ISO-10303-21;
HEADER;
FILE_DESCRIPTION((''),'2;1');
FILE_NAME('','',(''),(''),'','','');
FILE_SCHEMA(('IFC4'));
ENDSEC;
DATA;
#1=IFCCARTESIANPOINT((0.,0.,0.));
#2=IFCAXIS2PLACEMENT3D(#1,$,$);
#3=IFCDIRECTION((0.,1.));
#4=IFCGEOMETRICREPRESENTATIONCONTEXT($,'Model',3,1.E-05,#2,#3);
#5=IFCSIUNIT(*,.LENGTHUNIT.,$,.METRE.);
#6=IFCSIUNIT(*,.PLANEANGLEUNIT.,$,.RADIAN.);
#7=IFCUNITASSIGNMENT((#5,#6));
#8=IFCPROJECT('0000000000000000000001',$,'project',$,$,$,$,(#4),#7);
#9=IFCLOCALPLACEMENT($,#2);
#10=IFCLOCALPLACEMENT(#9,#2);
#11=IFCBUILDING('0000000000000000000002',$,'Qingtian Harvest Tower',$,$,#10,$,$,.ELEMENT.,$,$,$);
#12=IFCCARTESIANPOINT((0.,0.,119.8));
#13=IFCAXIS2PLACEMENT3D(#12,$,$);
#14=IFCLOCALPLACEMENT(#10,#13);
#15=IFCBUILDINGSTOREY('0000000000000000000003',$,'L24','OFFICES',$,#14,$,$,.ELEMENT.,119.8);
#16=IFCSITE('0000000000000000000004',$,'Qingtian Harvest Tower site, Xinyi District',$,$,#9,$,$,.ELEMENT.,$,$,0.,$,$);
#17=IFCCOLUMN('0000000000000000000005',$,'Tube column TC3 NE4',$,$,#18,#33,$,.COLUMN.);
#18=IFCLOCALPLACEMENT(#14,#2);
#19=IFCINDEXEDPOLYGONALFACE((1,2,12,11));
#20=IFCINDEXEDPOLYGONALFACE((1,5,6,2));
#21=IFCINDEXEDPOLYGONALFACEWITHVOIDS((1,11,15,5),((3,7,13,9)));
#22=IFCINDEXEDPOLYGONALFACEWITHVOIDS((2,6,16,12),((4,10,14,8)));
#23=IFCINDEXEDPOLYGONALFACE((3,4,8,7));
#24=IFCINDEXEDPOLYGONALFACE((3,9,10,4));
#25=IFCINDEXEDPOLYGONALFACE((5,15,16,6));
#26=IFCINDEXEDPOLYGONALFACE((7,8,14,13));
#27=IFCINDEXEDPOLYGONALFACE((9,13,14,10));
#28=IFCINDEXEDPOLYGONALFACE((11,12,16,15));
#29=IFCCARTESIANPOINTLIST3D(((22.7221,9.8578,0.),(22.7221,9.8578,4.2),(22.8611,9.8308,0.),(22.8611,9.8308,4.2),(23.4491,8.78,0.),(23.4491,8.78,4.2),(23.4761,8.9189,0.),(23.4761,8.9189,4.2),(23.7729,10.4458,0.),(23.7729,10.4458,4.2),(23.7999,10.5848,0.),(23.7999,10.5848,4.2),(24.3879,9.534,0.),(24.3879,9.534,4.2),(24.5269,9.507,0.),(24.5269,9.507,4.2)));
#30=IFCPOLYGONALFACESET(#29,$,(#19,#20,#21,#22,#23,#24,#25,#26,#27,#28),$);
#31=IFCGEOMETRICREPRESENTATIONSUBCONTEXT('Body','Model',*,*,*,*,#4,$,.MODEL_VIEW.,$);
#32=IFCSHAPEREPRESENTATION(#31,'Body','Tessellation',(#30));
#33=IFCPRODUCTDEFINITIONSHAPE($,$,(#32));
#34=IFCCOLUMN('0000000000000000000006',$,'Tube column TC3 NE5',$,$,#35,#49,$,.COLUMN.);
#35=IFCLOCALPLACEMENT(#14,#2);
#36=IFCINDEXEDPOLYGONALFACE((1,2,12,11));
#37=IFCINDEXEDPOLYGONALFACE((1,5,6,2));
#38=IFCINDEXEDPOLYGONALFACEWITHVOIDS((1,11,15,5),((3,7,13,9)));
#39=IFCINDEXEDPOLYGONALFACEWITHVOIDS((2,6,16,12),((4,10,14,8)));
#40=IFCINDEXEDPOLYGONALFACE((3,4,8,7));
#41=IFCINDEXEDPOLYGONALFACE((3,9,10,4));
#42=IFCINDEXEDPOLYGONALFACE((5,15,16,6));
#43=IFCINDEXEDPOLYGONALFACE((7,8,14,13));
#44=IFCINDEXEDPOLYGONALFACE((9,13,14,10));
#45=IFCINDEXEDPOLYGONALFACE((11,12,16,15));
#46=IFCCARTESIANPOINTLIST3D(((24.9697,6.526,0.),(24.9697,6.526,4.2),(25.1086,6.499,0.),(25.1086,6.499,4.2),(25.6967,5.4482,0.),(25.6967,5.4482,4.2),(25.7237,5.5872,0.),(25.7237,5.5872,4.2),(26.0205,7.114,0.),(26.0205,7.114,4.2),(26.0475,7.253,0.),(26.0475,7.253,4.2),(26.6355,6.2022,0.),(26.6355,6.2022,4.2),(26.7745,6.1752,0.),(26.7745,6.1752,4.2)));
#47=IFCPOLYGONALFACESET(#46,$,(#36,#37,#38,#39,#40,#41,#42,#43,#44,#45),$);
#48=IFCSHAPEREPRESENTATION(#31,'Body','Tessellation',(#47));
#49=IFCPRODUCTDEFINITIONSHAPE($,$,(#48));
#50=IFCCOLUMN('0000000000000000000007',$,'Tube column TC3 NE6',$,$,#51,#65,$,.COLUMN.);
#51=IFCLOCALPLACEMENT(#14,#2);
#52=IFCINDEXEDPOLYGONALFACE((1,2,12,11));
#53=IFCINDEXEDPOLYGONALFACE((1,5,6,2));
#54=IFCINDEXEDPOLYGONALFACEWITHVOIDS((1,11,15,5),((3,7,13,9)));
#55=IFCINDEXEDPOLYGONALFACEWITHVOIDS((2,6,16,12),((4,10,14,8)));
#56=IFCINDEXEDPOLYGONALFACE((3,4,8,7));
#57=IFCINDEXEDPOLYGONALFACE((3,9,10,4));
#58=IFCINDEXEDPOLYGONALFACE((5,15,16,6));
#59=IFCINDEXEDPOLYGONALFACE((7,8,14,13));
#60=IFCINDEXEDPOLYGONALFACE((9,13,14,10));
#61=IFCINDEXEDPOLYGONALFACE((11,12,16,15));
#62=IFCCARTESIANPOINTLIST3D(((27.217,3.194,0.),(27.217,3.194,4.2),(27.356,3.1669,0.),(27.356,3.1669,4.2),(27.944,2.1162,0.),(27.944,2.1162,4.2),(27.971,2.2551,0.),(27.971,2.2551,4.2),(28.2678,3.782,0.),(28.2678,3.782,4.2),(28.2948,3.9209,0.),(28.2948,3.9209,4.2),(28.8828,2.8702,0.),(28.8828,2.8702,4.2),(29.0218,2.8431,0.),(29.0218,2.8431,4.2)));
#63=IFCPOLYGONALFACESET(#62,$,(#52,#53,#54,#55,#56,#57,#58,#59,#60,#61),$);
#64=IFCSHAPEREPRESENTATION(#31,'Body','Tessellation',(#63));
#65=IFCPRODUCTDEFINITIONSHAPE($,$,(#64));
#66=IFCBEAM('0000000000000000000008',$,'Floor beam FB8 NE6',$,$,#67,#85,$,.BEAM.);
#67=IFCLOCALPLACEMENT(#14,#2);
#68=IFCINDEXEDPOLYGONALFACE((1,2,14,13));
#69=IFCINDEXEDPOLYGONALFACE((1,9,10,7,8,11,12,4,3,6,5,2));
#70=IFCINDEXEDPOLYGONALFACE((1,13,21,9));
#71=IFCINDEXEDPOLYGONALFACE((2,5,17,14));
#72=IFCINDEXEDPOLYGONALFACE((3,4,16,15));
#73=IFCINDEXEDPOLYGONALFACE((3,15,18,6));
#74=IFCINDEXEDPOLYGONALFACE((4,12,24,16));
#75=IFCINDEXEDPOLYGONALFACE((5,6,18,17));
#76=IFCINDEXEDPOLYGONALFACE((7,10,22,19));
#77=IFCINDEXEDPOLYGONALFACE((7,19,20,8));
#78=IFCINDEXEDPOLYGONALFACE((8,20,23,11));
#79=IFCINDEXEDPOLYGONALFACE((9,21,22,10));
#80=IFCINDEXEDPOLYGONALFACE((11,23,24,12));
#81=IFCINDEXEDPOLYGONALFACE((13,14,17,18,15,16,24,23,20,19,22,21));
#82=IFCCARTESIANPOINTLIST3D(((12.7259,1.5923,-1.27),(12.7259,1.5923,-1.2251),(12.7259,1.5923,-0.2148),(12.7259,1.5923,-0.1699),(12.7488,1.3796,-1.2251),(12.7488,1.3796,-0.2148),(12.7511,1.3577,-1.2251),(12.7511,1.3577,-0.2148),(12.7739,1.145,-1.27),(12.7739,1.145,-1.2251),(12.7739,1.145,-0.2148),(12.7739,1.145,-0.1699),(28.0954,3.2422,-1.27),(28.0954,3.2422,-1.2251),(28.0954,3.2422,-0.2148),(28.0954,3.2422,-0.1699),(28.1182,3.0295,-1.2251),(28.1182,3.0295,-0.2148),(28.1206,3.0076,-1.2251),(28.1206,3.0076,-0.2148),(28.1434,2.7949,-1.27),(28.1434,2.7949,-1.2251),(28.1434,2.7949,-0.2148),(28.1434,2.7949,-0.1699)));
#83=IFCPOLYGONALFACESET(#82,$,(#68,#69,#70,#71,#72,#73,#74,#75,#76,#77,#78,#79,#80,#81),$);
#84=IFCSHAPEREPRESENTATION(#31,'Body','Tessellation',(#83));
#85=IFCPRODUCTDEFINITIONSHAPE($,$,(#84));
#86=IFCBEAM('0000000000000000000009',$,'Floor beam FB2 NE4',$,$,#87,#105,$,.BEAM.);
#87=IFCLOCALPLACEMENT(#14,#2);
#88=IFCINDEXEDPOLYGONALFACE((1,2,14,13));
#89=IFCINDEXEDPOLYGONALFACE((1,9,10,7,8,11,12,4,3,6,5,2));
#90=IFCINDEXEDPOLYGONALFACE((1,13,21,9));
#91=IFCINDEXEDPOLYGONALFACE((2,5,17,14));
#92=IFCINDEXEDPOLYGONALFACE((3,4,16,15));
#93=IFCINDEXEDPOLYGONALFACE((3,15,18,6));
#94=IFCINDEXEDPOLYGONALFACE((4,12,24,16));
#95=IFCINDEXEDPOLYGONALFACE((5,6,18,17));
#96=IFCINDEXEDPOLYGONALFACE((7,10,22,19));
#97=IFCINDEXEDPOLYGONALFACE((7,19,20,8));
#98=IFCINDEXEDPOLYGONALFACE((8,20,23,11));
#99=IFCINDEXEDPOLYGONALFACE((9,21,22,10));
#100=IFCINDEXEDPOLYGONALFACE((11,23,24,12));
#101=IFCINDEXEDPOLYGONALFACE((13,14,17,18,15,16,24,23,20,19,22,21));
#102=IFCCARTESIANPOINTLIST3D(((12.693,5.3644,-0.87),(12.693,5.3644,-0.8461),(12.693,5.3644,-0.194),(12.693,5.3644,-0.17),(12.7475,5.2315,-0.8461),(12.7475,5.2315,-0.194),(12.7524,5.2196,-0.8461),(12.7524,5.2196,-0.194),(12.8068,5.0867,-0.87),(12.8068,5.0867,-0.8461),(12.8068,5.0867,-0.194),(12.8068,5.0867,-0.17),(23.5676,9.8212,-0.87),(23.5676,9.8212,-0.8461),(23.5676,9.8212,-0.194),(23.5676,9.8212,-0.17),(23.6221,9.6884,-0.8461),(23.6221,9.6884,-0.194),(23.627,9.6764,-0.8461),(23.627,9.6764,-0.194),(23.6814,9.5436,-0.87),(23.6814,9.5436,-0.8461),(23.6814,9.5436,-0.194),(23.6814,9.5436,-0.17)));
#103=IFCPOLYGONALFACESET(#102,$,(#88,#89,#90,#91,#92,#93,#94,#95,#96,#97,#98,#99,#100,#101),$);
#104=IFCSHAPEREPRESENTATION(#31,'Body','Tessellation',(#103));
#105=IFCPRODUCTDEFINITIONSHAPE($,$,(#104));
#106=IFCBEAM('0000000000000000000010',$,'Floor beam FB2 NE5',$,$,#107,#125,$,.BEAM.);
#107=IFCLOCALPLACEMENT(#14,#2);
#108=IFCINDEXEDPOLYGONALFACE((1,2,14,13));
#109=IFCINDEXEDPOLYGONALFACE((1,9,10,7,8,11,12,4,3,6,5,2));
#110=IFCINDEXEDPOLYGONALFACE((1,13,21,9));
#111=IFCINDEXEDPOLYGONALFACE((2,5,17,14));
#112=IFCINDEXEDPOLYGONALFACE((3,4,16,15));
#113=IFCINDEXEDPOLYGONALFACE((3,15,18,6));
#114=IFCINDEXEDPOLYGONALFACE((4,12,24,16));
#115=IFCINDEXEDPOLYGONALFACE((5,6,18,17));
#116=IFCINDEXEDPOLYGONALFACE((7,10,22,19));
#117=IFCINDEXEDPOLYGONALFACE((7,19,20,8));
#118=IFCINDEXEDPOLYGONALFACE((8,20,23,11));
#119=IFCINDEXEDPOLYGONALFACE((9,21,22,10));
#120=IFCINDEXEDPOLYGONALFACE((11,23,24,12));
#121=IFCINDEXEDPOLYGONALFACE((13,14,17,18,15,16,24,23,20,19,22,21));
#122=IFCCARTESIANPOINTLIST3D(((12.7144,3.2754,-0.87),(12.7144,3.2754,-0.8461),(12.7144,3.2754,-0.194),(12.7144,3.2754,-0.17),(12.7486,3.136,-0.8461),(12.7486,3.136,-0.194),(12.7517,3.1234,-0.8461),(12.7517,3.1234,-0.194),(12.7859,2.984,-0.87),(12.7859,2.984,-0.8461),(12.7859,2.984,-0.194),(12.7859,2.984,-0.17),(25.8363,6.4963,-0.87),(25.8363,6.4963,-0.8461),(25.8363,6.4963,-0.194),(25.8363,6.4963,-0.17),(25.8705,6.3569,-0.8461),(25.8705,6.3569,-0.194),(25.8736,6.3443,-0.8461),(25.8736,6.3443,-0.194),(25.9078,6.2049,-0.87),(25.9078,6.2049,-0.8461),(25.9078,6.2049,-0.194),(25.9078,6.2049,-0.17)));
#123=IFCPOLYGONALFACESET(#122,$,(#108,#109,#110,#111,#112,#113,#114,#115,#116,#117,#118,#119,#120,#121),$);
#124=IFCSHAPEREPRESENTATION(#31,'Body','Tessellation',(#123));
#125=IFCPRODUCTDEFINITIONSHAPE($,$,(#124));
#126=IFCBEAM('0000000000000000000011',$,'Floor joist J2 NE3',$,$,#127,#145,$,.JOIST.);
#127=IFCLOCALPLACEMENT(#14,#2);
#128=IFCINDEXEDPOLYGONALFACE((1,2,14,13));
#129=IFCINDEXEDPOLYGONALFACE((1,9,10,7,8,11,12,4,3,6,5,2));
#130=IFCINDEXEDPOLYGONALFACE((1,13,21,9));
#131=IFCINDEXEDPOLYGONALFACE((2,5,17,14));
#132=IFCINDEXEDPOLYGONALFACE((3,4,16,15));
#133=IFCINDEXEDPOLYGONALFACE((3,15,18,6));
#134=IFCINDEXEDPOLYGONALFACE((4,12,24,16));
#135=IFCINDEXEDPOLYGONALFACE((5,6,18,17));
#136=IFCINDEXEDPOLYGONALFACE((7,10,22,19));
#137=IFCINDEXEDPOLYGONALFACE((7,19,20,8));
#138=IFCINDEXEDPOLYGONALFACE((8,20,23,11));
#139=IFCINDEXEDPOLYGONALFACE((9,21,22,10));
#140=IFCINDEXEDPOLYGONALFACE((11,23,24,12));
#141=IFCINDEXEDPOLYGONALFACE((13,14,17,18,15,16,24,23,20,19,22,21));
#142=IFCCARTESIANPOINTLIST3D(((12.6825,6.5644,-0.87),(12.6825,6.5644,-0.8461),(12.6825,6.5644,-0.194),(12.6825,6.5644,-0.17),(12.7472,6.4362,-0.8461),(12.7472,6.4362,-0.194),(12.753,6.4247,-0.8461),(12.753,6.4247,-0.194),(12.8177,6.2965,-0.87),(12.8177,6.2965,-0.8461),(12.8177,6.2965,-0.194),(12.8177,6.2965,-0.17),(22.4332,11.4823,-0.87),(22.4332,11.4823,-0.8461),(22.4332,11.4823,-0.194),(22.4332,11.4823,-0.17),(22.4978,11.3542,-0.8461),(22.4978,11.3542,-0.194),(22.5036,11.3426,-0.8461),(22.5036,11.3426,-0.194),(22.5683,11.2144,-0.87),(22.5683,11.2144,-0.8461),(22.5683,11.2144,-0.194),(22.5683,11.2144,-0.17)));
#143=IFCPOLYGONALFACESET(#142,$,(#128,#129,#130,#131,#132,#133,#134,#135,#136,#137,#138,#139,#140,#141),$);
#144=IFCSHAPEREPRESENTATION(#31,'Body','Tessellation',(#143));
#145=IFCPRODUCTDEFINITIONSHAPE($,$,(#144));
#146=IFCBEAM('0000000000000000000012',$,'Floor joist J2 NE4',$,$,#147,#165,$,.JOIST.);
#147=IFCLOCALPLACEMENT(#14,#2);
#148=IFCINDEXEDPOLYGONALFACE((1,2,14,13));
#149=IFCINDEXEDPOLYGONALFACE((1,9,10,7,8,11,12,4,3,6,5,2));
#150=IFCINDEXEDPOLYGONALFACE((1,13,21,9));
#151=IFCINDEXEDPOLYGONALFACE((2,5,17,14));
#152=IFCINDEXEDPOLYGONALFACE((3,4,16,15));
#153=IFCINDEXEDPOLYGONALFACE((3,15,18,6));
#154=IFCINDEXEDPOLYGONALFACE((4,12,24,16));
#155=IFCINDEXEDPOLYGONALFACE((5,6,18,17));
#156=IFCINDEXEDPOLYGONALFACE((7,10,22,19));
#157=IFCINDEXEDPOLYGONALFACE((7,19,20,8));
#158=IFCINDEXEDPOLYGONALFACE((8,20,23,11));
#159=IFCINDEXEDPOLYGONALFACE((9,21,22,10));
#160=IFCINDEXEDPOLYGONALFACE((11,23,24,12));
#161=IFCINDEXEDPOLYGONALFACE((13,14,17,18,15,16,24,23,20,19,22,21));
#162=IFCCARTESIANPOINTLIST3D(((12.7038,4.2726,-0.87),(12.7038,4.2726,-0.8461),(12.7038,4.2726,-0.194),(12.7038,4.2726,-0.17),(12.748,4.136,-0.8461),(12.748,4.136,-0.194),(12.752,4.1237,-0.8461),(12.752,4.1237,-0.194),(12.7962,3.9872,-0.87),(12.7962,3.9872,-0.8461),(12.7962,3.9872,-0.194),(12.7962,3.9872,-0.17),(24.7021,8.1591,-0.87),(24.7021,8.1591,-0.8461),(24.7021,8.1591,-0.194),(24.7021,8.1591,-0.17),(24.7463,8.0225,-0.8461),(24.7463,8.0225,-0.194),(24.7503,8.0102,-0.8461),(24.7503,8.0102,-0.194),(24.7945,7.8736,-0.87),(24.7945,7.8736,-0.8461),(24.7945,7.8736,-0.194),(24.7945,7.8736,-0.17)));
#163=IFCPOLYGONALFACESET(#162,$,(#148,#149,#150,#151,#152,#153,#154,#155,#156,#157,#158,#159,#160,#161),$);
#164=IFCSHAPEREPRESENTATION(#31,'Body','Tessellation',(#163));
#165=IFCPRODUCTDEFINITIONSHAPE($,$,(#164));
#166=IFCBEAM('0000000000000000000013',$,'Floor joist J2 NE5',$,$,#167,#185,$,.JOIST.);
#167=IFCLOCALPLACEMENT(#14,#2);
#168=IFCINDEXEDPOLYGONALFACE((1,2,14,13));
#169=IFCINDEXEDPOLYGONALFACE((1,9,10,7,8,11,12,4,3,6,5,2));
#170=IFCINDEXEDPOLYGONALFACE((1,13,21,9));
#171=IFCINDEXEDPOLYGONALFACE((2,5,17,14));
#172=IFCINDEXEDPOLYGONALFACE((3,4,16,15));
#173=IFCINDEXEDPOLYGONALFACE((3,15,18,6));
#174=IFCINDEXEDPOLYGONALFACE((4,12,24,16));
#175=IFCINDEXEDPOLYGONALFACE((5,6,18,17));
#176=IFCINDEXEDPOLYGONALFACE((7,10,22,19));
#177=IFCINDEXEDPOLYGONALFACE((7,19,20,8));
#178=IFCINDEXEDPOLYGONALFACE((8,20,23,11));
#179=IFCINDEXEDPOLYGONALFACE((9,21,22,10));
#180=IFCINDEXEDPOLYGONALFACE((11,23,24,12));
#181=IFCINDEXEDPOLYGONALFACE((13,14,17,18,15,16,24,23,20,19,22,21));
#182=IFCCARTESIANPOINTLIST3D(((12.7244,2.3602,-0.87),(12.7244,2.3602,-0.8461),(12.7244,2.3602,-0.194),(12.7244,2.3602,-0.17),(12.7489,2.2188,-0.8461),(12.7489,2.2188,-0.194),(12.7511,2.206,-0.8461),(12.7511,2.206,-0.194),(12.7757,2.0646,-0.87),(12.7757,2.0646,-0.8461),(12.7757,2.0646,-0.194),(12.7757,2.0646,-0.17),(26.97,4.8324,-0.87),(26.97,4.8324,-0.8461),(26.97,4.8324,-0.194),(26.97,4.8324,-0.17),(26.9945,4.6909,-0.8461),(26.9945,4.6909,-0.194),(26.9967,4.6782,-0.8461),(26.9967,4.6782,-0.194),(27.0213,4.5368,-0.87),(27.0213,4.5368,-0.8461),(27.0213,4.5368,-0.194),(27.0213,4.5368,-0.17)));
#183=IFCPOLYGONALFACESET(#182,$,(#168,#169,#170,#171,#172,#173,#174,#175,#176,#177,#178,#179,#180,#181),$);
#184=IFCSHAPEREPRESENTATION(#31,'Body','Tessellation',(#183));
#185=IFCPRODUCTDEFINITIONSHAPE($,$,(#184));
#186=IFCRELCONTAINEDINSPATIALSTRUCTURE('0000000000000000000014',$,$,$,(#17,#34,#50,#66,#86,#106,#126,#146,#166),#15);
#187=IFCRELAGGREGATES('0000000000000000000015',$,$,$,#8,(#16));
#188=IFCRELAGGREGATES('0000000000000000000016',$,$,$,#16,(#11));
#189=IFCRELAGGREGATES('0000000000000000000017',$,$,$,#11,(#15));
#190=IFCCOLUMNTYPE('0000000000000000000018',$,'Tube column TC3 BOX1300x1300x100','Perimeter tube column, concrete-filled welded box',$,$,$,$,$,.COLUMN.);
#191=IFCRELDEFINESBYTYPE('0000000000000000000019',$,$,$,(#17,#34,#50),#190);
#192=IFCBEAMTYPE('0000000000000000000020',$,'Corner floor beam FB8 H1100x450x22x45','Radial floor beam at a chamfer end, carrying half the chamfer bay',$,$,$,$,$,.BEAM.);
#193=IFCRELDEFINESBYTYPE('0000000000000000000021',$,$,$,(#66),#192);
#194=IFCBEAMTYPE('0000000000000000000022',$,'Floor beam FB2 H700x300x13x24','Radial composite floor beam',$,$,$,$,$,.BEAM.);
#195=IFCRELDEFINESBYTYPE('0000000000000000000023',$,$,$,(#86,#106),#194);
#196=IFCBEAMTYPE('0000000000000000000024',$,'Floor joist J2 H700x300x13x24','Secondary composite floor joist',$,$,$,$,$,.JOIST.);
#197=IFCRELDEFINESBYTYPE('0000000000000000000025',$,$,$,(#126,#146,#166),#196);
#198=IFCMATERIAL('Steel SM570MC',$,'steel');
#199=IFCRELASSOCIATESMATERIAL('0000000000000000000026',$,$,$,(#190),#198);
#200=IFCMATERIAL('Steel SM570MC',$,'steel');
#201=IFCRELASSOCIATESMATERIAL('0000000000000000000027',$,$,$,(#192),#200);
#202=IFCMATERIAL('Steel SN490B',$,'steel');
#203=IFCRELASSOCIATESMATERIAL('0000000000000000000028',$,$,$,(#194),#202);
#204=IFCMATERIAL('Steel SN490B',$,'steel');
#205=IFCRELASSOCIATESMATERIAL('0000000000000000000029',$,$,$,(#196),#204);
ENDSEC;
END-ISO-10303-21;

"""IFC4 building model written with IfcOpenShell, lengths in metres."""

from ifc_helpers import new_model, si_unit, direction, frame, origin, origin_2d, place, context, subcontext, project, spatial, hollow_rectangle, i_section, extrude, material, material_profile, profile_set, type_object, element, save


model = new_model("IFC4")

# Units and contexts
model_context = context("Model", 3, precision=1e-05, world=origin(), true_north=direction((0.0, 1.0)))
body_context = subcontext(model_context, "Body", "Model", "MODEL_VIEW")
ifc_project = project(units=[si_unit("LENGTHUNIT", "METRE"), si_unit("PLANEANGLEUNIT", "RADIAN")], contexts=[model_context])

# Site, building, storey
site_placement = place(None, origin())
site = spatial("IfcSite", under=ifc_project, at=site_placement, Name="Qingtian Harvest Tower site, Xinyi District", CompositionType="ELEMENT", RefElevation=0.0)
building_placement = place(site_placement, origin())
building = spatial("IfcBuilding", under=site, at=building_placement, Name="Qingtian Harvest Tower", CompositionType="ELEMENT")
storey_placement = place(building_placement, frame((0.0, 0.0, 119.8)))
storey = spatial("IfcBuildingStorey", under=building, at=storey_placement, Name="L24", Description="OFFICES", CompositionType="ELEMENT", Elevation=119.8)

# Columns
ifc_material_1 = material(Name="Steel SM570MC", Category="steel")
ifc_material_profile_1 = material_profile(ifc_material_1, hollow_rectangle(XDim=1.3, YDim=1.3, WallThickness=0.1001, at=origin_2d()), Name="BOX1300x1300x100")
ifc_profile_set_1 = profile_set([ifc_material_profile_1], Name="Steel SM570MC")
column_type = type_object("IfcColumnType", Name="Tube column TC3 BOX1300x1300x100", Description="Perimeter tube column, concrete-filled welded box", PredefinedType="COLUMN", material=ifc_profile_set_1)
for number, where, z_axis, x_axis, name in (
    (1, (23.6245, 9.6824, 0.0), (0.0, 0.0, 1.0), (-0.559193, 0.829038, 0.0), "Tube column TC3 NE4"),
    (2, (25.8721, 6.3506, 0.0), (0.0, 0.0, 1.0), (-0.559193, 0.829038, 0.0), "Tube column TC3 NE5"),
    (3, (28.1194, 3.0186, 0.0), (0.0, 0.0, 1.0), (-0.559193, 0.829038, 0.0), "Tube column TC3 NE6"),
):
    element("IfcColumn", number, at=place(storey_placement, frame(where, z_axis=z_axis, x_axis=x_axis)), inside=storey, type_object=column_type, Name=name, PredefinedType="COLUMN", context=body_context, shape_type="SweptSolid", body=[
        extrude(hollow_rectangle(XDim=1.3, YDim=1.3, WallThickness=0.1001, at=origin_2d()), origin(), (0.0, 0.0, 1.0), 4.2),
    ])

# Beams
ifc_material_2 = material(Name="Steel SM570MC", Category="steel")
ifc_material_profile_2 = material_profile(ifc_material_2, i_section(OverallWidth=0.45, OverallDepth=1.1001, WebThickness=0.022, FlangeThickness=0.0449, at=origin_2d()), Name="H1100x450x22x45")
ifc_profile_set_2 = profile_set([ifc_material_profile_2], Name="Steel SM570MC")
beam_type_1 = type_object("IfcBeamType", Name="Corner floor beam FB8 H1100x450x22x45", Description="Radial floor beam at a chamfer end, carrying half the chamfer bay", PredefinedType="BEAM", material=ifc_profile_set_2)
beam_1_placement = place(storey_placement, frame((28.1194, 3.0186, -0.72), z_axis=(-0.994287, -0.106737, 0.0), x_axis=(0.106737, -0.994287, 0.0)))
element("IfcBeam", 4, at=beam_1_placement, inside=storey, type_object=beam_type_1, Name="Floor beam FB8 NE6", PredefinedType="BEAM", context=body_context, shape_type="SweptSolid", body=[
    extrude(i_section(OverallWidth=0.45, OverallDepth=1.1001, WebThickness=0.022, FlangeThickness=0.0449, at=origin_2d()), origin(), (0.0, 0.0, 1.0), 15.4578),
])
ifc_material_3 = material(Name="Steel SN490B", Category="steel")
ifc_material_profile_3 = material_profile(ifc_material_3, i_section(OverallWidth=0.3, OverallDepth=0.7, WebThickness=0.0129, FlangeThickness=0.0239, at=origin_2d()), Name="H700x300x13x24")
ifc_profile_set_3 = profile_set([ifc_material_profile_3], Name="Steel SN490B")
beam_type_2 = type_object("IfcBeamType", Name="Floor beam FB2 H700x300x13x24", Description="Radial composite floor beam", PredefinedType="BEAM", material=ifc_profile_set_3)
beam_2_placement = place(storey_placement, frame((23.6245, 9.6824, -0.52), z_axis=(-0.925305, -0.379225, 0.0), x_axis=(0.379225, -0.925305, 0.0)))
element("IfcBeam", 5, at=beam_2_placement, inside=storey, type_object=beam_type_2, Name="Floor beam FB2 NE4", PredefinedType="BEAM", context=body_context, shape_type="SweptSolid", body=[
    extrude(i_section(OverallWidth=0.3, OverallDepth=0.7, WebThickness=0.0129, FlangeThickness=0.0239, at=origin_2d()), origin(), (0.0, 0.0, 1.0), 11.7524),
])
beam_3_placement = place(storey_placement, frame((25.8721, 6.3506, -0.52), z_axis=(-0.971171, -0.238384, 0.0), x_axis=(0.238384, -0.971171, 0.0)))
element("IfcBeam", 6, at=beam_3_placement, inside=storey, type_object=beam_type_2, Name="Floor beam FB2 NE5", PredefinedType="BEAM", context=body_context, shape_type="SweptSolid", body=[
    extrude(i_section(OverallWidth=0.3, OverallDepth=0.7, WebThickness=0.0129, FlangeThickness=0.0239, at=origin_2d()), origin(), (0.0, 0.0, 1.0), 13.5115),
])
ifc_material_4 = material(Name="Steel SN490B", Category="steel")
ifc_material_profile_4 = material_profile(ifc_material_4, i_section(OverallWidth=0.3, OverallDepth=0.7, WebThickness=0.0129, FlangeThickness=0.0239, at=origin_2d()), Name="H700x300x13x24")
ifc_profile_set_4 = profile_set([ifc_material_profile_4], Name="Steel SN490B")
beam_type_3 = type_object("IfcBeamType", Name="Floor joist J2 H700x300x13x24", Description="Secondary composite floor joist", PredefinedType="JOIST", material=ifc_profile_set_4)
beam_4_placement = place(storey_placement, frame((22.5007, 11.3484, -0.52), z_axis=(-0.892861, -0.450332, 0.0), x_axis=(0.450332, -0.892861, 0.0)))
element("IfcBeam", 7, at=beam_4_placement, inside=storey, type_object=beam_type_3, Name="Floor joist J2 NE3", PredefinedType="JOIST", context=body_context, shape_type="SweptSolid", body=[
    extrude(i_section(OverallWidth=0.3, OverallDepth=0.7, WebThickness=0.0129, FlangeThickness=0.0239, at=origin_2d()), origin(), (0.0, 0.0, 1.0), 10.9207),
])
beam_5_placement = place(storey_placement, frame((24.7483, 8.0164, -0.52), z_axis=(-0.951336, -0.308156, 0.0), x_axis=(0.308156, -0.951336, 0.0)))
element("IfcBeam", 8, at=beam_5_placement, inside=storey, type_object=beam_type_3, Name="Floor joist J2 NE4", PredefinedType="JOIST", context=body_context, shape_type="SweptSolid", body=[
    extrude(i_section(OverallWidth=0.3, OverallDepth=0.7, WebThickness=0.0129, FlangeThickness=0.0239, at=origin_2d()), origin(), (0.0, 0.0, 1.0), 12.6121),
])
beam_6_placement = place(storey_placement, frame((26.9956, 4.6846, -0.52), z_axis=(-0.985274, -0.170983, 0.0), x_axis=(0.170983, -0.985274, 0.0)))
element("IfcBeam", 9, at=beam_6_placement, inside=storey, type_object=beam_type_3, Name="Floor joist J2 NE5", PredefinedType="JOIST", context=body_context, shape_type="SweptSolid", body=[
    extrude(i_section(OverallWidth=0.3, OverallDepth=0.7, WebThickness=0.0129, FlangeThickness=0.0239, at=origin_2d()), origin(), (0.0, 0.0, 1.0), 14.4585),
])

save(model, "model.ifc")
